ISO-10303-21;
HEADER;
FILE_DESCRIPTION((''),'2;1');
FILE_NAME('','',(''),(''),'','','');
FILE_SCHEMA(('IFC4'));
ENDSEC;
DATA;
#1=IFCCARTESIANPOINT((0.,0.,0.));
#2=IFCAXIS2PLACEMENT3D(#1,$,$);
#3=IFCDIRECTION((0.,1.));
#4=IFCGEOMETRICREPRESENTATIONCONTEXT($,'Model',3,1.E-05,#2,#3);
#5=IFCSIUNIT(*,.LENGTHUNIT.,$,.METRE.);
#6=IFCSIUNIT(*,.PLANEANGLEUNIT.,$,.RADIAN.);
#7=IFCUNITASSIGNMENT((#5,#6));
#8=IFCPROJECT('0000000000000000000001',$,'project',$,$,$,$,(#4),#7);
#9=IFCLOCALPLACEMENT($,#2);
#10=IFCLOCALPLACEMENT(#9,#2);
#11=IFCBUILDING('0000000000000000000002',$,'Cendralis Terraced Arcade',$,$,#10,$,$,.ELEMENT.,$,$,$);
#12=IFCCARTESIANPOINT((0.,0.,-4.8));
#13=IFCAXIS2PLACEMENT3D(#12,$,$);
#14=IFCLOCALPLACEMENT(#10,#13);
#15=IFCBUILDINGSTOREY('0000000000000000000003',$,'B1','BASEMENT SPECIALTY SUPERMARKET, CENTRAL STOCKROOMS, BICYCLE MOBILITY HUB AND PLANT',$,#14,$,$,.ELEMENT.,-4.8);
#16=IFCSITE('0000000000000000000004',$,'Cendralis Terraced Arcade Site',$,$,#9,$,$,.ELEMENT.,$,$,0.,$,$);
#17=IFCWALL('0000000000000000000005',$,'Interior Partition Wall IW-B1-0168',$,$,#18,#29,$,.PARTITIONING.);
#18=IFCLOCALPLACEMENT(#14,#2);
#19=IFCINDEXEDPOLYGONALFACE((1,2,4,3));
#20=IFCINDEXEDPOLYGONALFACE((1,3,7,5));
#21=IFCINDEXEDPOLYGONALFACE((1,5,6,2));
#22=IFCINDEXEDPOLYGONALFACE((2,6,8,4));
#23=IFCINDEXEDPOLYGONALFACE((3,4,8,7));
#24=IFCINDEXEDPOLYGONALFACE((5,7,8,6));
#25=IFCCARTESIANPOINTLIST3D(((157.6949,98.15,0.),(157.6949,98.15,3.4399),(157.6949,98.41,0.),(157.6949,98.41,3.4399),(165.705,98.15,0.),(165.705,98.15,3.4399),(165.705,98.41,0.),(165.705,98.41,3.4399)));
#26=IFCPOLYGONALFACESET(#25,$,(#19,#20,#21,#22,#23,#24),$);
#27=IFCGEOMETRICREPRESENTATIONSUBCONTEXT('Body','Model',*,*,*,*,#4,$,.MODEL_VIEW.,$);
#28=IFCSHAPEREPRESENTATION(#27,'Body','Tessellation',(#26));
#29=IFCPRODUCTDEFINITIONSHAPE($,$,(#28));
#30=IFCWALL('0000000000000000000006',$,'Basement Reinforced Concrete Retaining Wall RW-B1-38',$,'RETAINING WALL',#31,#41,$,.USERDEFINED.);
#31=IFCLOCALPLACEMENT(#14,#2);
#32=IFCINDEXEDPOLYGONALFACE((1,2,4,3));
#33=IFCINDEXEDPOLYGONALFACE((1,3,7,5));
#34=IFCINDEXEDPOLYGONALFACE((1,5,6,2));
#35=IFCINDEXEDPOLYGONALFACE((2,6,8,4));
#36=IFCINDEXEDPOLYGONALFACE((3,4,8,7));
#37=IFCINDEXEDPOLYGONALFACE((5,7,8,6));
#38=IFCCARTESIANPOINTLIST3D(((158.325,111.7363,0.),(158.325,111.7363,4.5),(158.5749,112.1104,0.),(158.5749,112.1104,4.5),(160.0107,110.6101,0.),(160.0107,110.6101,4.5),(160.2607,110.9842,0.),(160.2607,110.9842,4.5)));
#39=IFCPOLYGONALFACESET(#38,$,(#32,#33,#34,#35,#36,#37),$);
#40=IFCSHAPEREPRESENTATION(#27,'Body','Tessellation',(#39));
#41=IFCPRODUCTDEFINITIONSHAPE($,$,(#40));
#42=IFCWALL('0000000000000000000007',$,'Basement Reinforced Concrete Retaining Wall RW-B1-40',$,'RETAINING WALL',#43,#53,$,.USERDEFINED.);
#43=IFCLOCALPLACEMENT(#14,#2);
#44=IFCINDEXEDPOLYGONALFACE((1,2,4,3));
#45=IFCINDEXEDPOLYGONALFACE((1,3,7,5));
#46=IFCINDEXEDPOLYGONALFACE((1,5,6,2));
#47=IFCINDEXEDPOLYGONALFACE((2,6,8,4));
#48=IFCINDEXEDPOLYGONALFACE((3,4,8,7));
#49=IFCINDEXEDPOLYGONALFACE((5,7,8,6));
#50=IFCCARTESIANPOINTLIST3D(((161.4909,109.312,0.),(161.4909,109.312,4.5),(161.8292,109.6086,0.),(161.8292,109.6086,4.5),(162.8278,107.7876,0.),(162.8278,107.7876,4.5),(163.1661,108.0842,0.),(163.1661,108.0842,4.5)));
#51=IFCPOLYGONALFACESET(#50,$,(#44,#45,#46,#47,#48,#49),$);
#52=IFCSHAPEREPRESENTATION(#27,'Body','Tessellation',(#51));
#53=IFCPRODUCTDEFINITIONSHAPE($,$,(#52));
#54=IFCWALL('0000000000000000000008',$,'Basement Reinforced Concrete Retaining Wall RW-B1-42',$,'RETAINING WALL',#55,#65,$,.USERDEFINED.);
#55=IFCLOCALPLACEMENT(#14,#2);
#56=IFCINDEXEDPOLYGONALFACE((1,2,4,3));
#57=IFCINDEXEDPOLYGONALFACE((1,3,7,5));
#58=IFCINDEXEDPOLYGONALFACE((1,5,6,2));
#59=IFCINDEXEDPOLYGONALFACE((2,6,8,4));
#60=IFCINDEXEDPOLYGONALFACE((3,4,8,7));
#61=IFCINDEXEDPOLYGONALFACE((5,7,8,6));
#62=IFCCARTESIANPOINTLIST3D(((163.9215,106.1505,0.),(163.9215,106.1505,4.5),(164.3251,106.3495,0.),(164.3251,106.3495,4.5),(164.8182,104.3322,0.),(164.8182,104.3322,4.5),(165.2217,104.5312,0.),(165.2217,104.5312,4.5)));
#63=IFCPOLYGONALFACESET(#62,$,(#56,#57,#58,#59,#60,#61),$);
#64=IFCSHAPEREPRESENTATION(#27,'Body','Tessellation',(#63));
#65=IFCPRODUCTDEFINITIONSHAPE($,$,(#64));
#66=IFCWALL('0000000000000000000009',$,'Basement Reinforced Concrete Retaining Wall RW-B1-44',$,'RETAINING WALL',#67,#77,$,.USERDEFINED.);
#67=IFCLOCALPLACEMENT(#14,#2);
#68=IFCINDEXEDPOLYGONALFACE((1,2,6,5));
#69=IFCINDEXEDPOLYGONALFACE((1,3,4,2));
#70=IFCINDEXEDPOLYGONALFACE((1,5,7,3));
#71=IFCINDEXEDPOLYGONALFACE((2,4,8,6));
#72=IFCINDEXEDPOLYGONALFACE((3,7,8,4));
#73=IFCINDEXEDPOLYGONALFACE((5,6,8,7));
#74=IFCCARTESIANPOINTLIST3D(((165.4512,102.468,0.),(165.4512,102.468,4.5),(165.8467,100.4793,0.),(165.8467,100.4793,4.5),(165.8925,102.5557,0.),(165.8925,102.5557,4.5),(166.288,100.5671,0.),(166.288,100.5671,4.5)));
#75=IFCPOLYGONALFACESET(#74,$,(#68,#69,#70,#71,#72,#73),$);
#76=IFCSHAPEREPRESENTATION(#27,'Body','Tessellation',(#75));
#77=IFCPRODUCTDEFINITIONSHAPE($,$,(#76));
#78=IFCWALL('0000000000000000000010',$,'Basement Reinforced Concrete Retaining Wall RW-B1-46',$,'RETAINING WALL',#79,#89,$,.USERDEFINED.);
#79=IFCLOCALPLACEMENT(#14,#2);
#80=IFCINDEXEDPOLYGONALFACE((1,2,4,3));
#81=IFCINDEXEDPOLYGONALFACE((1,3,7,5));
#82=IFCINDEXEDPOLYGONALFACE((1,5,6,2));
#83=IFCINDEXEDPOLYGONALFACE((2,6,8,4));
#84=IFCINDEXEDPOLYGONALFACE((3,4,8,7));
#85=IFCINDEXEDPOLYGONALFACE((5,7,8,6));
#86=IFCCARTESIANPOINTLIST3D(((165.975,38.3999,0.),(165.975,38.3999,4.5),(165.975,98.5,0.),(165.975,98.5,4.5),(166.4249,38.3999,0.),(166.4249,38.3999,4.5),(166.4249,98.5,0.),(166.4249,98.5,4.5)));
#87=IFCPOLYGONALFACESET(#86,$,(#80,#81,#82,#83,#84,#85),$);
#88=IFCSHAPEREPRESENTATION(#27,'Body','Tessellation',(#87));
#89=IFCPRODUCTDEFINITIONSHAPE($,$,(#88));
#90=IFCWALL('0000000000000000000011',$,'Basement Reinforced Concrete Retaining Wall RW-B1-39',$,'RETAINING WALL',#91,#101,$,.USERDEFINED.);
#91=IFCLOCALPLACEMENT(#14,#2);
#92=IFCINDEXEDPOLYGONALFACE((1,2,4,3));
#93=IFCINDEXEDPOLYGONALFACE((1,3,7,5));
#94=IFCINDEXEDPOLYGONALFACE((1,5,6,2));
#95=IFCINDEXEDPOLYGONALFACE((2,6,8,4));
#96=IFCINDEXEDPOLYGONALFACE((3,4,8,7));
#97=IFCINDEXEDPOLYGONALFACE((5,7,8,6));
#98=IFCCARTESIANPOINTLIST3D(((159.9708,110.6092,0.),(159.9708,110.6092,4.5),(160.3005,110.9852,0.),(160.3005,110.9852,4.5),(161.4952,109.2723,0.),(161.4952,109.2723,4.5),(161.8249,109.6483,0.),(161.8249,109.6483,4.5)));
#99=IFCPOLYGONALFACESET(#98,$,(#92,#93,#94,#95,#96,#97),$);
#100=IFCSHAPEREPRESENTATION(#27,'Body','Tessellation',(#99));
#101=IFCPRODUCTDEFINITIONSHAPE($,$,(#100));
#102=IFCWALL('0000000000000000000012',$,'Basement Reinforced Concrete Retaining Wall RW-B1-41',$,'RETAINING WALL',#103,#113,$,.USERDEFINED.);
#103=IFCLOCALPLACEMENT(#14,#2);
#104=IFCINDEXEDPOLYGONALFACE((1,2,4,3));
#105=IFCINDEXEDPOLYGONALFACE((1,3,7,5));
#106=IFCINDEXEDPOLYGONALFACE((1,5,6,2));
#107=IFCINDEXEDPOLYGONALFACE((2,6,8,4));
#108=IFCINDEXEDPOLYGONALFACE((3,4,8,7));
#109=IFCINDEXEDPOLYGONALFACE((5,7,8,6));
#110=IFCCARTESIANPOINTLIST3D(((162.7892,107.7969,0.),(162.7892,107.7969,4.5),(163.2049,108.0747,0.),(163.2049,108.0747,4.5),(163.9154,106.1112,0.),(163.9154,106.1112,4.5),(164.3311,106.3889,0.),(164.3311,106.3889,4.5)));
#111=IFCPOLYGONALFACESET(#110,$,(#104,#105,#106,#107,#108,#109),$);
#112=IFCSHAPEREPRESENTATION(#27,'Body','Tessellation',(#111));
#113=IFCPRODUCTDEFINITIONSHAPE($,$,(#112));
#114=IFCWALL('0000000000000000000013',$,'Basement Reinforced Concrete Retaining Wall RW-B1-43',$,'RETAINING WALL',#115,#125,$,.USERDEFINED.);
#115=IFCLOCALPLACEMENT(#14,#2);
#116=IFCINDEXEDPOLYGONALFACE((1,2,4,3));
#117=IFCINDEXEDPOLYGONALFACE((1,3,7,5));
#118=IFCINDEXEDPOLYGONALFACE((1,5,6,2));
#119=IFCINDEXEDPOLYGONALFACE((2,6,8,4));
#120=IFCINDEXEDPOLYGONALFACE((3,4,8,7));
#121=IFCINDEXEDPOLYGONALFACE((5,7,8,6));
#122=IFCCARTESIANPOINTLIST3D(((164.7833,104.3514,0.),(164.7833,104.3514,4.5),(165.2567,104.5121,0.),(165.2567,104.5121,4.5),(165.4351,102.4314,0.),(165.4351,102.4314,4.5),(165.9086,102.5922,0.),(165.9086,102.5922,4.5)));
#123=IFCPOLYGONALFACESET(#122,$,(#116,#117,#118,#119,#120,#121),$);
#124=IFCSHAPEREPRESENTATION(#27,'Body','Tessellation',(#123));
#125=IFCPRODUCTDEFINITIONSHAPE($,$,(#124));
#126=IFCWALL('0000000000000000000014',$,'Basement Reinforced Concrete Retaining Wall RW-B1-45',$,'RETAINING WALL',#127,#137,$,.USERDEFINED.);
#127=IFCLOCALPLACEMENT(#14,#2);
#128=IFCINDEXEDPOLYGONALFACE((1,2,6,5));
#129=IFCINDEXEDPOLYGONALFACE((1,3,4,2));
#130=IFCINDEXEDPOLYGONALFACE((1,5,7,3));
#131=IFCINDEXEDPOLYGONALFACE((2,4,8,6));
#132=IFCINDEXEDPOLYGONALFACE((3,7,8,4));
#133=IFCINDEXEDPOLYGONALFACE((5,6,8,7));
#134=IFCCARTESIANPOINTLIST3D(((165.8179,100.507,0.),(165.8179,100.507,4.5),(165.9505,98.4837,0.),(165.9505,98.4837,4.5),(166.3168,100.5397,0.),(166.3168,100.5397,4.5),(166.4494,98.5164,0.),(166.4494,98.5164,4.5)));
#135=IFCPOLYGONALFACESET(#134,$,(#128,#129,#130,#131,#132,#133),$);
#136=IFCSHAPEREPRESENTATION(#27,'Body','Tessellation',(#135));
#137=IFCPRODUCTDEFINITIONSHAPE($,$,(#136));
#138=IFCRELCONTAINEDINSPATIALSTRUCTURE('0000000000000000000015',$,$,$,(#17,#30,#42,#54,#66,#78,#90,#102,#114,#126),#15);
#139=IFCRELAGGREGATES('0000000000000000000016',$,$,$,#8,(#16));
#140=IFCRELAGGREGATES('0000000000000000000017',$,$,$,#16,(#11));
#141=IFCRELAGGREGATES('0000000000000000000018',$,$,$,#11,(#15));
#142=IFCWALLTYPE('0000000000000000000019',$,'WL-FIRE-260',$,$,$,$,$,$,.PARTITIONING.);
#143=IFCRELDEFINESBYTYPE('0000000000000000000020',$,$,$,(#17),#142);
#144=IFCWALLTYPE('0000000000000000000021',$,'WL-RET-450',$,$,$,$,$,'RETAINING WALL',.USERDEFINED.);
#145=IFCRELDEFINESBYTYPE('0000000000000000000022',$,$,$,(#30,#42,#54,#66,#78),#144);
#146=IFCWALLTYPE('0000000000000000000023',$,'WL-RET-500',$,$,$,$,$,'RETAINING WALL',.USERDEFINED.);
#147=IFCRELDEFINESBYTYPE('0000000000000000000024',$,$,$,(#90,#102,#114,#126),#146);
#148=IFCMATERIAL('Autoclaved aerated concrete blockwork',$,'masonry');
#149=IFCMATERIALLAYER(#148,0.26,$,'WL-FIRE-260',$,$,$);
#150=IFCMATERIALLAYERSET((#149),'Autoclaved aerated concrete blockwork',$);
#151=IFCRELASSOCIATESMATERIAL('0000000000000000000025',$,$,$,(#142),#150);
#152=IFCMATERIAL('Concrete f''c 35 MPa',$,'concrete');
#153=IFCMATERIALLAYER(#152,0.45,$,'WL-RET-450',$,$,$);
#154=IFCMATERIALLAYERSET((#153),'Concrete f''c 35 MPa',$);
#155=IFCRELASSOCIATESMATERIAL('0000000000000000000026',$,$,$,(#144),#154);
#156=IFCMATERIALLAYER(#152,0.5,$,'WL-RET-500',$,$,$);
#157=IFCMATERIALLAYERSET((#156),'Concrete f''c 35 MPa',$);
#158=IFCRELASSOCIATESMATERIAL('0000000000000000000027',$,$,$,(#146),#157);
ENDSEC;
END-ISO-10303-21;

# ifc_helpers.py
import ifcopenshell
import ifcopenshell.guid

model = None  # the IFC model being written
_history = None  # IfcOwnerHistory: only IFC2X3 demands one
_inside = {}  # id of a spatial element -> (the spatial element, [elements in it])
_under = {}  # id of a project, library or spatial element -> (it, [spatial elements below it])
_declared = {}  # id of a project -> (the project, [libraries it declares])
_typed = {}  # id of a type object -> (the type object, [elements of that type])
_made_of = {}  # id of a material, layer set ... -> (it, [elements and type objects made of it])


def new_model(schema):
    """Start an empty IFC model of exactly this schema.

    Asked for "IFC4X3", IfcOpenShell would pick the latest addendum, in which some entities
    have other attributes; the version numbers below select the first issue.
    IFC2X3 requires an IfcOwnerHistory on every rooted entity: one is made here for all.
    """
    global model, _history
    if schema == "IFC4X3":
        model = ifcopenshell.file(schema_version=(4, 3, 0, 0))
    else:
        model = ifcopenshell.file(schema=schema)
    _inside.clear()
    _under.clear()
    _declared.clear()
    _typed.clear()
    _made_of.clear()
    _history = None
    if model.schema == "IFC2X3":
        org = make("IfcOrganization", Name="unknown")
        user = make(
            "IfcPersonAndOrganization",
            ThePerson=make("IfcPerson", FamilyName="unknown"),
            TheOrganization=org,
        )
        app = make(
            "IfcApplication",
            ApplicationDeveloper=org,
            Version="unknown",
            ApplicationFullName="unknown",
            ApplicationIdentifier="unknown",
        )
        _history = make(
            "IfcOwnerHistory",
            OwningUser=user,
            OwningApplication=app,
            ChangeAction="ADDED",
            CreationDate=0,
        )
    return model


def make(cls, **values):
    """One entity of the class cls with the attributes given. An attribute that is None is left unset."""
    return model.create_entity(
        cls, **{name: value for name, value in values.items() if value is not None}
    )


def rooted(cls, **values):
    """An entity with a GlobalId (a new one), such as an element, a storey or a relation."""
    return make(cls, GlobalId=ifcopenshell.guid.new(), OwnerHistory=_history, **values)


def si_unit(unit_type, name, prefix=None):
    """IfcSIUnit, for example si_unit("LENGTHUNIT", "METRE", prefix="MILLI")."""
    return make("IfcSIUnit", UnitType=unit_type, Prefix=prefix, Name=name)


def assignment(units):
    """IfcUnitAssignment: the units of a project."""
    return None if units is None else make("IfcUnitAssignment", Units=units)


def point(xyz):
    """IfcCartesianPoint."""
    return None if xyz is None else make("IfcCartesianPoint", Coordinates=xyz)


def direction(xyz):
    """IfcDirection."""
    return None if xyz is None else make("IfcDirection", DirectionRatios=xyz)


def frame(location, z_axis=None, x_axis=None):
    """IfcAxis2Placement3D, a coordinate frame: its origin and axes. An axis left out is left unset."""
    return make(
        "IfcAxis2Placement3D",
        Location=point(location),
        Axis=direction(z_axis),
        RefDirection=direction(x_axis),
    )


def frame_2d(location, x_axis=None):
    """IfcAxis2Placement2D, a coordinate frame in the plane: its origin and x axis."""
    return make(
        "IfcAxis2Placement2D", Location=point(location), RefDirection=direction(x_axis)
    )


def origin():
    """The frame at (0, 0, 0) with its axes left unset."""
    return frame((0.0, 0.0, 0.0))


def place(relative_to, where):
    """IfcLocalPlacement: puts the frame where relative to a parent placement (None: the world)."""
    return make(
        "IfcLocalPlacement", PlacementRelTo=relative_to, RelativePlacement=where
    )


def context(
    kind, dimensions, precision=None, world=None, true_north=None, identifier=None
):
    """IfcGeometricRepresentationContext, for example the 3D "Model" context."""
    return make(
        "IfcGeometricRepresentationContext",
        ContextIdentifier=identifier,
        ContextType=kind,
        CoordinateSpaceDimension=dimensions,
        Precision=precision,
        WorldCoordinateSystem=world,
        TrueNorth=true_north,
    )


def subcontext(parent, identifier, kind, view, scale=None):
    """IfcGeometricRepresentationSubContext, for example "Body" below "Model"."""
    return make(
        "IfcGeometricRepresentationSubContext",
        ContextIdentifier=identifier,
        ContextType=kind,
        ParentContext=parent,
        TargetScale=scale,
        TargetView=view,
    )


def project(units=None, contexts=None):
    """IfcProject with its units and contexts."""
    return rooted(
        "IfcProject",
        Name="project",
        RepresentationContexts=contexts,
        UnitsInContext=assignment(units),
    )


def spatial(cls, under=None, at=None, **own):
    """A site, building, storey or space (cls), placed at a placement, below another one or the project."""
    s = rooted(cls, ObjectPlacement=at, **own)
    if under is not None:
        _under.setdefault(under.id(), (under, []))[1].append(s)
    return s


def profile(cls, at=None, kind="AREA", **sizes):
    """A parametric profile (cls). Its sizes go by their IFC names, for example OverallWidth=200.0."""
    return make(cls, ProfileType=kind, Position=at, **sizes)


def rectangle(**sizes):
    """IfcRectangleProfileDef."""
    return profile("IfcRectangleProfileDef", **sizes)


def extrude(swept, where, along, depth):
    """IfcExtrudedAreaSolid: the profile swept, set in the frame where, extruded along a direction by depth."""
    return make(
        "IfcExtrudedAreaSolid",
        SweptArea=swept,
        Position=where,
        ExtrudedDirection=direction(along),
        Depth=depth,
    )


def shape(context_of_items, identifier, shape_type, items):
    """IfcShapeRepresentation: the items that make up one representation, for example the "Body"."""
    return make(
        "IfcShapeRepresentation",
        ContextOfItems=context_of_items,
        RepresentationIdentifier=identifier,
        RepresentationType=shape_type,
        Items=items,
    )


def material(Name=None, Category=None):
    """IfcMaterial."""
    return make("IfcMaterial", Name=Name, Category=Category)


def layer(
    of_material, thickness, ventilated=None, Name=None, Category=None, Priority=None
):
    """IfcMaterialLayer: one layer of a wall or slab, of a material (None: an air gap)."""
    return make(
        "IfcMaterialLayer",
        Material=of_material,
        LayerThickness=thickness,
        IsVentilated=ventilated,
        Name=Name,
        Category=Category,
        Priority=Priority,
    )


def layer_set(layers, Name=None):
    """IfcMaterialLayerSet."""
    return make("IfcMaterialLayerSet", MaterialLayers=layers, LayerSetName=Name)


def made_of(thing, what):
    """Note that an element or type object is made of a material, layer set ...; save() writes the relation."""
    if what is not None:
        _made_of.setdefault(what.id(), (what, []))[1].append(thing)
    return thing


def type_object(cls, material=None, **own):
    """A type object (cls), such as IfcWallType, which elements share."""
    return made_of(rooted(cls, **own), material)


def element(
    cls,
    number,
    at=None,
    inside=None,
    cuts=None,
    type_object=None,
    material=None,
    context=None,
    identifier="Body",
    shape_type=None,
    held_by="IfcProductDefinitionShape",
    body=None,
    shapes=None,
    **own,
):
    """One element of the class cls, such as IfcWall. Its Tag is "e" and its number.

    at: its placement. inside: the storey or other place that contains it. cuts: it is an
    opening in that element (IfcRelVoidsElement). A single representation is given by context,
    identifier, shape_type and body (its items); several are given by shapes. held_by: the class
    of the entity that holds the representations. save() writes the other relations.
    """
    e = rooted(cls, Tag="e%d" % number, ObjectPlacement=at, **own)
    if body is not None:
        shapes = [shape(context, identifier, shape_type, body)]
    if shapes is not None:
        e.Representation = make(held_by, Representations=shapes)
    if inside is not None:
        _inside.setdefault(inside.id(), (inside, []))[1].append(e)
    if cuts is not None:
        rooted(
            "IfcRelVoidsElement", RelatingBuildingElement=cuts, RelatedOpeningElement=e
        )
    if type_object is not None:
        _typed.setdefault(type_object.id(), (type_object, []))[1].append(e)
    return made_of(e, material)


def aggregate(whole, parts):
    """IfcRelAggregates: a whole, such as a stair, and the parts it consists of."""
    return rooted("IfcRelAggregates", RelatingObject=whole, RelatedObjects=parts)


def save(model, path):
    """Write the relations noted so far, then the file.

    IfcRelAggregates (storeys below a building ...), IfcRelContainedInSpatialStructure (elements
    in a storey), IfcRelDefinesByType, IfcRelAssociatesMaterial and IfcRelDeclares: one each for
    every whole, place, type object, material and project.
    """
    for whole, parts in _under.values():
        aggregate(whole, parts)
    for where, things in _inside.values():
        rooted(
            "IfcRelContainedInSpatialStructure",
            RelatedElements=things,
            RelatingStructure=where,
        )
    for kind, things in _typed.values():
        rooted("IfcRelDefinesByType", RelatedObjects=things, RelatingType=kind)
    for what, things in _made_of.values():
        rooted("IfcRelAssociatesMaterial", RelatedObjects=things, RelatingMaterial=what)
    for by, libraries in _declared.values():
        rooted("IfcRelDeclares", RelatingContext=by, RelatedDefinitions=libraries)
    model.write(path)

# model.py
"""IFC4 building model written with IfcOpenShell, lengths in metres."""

from ifc_helpers import new_model, si_unit, direction, frame, frame_2d, origin, place, context, subcontext, project, spatial, rectangle, extrude, material, layer, layer_set, type_object, element, save


model = new_model("IFC4")

# Units and contexts
model_context = context("Model", 3, precision=1e-05, world=origin(), true_north=direction((0.0, 1.0)))
body_context = subcontext(model_context, "Body", "Model", "MODEL_VIEW")
ifc_project = project(units=[si_unit("LENGTHUNIT", "METRE"), si_unit("PLANEANGLEUNIT", "RADIAN")], contexts=[model_context])

# Site, building, storey
site_placement = place(None, origin())
site = spatial("IfcSite", under=ifc_project, at=site_placement, Name="Cendralis Terraced Arcade Site", CompositionType="ELEMENT", RefElevation=0.0)
building_placement = place(site_placement, origin())
building = spatial("IfcBuilding", under=site, at=building_placement, Name="Cendralis Terraced Arcade", CompositionType="ELEMENT")
storey_placement = place(building_placement, frame((0.0, 0.0, -4.8)))
storey = spatial("IfcBuildingStorey", under=building, at=storey_placement, Name="B1", Description="BASEMENT SPECIALTY SUPERMARKET, CENTRAL STOCKROOMS, BICYCLE MOBILITY HUB AND PLANT", CompositionType="ELEMENT", Elevation=-4.8)

# Shared definitions
ifc_material_1 = material(Name="Concrete f'c 35 MPa", Category="concrete")

# Walls
ifc_material_2 = material(Name="Autoclaved aerated concrete blockwork", Category="masonry")
ifc_layer_1 = layer(ifc_material_2, 0.26, Name="WL-FIRE-260")
ifc_layer_set_1 = layer_set([ifc_layer_1], Name="Autoclaved aerated concrete blockwork")
wall_type_1 = type_object("IfcWallType", Name="WL-FIRE-260", PredefinedType="PARTITIONING", material=ifc_layer_set_1)
wall_1_placement = place(storey_placement, frame((157.6951, 98.28, 0.0), z_axis=(0.0, 0.0, 1.0), x_axis=(1.0, 0.0, 0.0)))
element("IfcWall", 1, at=wall_1_placement, inside=storey, type_object=wall_type_1, Name="Interior Partition Wall IW-B1-0168", PredefinedType="PARTITIONING", context=body_context, shape_type="SweptSolid", body=[
    extrude(rectangle(XDim=8.01, YDim=0.26, at=frame_2d((4.0049, 0.0))), origin(), (0.0, 0.0, 1.0), 3.4399),
])
ifc_layer_2 = layer(ifc_material_1, 0.45, Name="WL-RET-450")
ifc_layer_set_2 = layer_set([ifc_layer_2], Name="Concrete f'c 35 MPa")
wall_type_2 = type_object("IfcWallType", Name="WL-RET-450", ElementType="RETAINING WALL", PredefinedType="USERDEFINED", material=ifc_layer_set_2)
wall_2_placement = place(storey_placement, frame((158.45, 111.9233, 0.0), z_axis=(0.0, 0.0, 1.0), x_axis=(0.831513, -0.555506, 0.0)))
element("IfcWall", 2, at=wall_2_placement, inside=storey, type_object=wall_type_2, Name="Basement Reinforced Concrete Retaining Wall RW-B1-38", ObjectType="RETAINING WALL", PredefinedType="USERDEFINED", context=body_context, shape_type="SweptSolid", body=[
    extrude(rectangle(XDim=2.0273, YDim=0.45, at=frame_2d((1.0137, 0.0))), origin(), (0.0, 0.0, 1.0), 4.5),
])
wall_3_placement = place(storey_placement, frame((161.6602, 109.4602, 0.0), z_axis=(0.0, 0.0, 1.0), x_axis=(0.659357, -0.75183, 0.0)))
element("IfcWall", 3, at=wall_3_placement, inside=storey, type_object=wall_type_2, Name="Basement Reinforced Concrete Retaining Wall RW-B1-40", ObjectType="RETAINING WALL", PredefinedType="USERDEFINED", context=body_context, shape_type="SweptSolid", body=[
    extrude(rectangle(XDim=2.0276, YDim=0.45, at=frame_2d((1.0137, 0.0))), origin(), (0.0, 0.0, 1.0), 4.5),
])
wall_4_placement = place(storey_placement, frame((164.1233, 106.25, 0.0), z_axis=(0.0, 0.0, 1.0), x_axis=(0.442294, -0.89687, 0.0)))
element("IfcWall", 4, at=wall_4_placement, inside=storey, type_object=wall_type_2, Name="Basement Reinforced Concrete Retaining Wall RW-B1-42", ObjectType="RETAINING WALL", PredefinedType="USERDEFINED", context=body_context, shape_type="SweptSolid", body=[
    extrude(rectangle(XDim=2.0273, YDim=0.45, at=frame_2d((1.0137, 0.0))), origin(), (0.0, 0.0, 1.0), 4.5),
])
wall_5_placement = place(storey_placement, frame((165.6719, 102.5117, 0.0), z_axis=(0.0, 0.0, 1.0), x_axis=(0.195074, -0.980789, 0.0)))
element("IfcWall", 5, at=wall_5_placement, inside=storey, type_object=wall_type_2, Name="Basement Reinforced Concrete Retaining Wall RW-B1-44", ObjectType="RETAINING WALL", PredefinedType="USERDEFINED", context=body_context, shape_type="SweptSolid", body=[
    extrude(rectangle(XDim=2.0276, YDim=0.45, at=frame_2d((1.0137, 0.0))), origin(), (0.0, 0.0, 1.0), 4.5),
])
wall_6_placement = place(storey_placement, frame((166.2, 98.5, 0.0), z_axis=(0.0, 0.0, 1.0), x_axis=(0.0, -1.0, 0.0)))
element("IfcWall", 6, at=wall_6_placement, inside=storey, type_object=wall_type_2, Name="Basement Reinforced Concrete Retaining Wall RW-B1-46", ObjectType="RETAINING WALL", PredefinedType="USERDEFINED", context=body_context, shape_type="SweptSolid", body=[
    extrude(rectangle(XDim=60.1001, YDim=0.45, at=frame_2d((30.05, 0.0))), origin(), (0.0, 0.0, 1.0), 4.5),
])
ifc_layer_3 = layer(ifc_material_1, 0.5, Name="WL-RET-500")
ifc_layer_set_3 = layer_set([ifc_layer_3], Name="Concrete f'c 35 MPa")
wall_type_3 = type_object("IfcWallType", Name="WL-RET-500", ElementType="RETAINING WALL", PredefinedType="USERDEFINED", material=ifc_layer_set_3)
wall_7_placement = place(storey_placement, frame((160.1357, 110.7971, 0.0), z_axis=(0.0, 0.0, 1.0), x_axis=(0.75183, -0.659357, 0.0)))
element("IfcWall", 7, at=wall_7_placement, inside=storey, type_object=wall_type_3, Name="Basement Reinforced Concrete Retaining Wall RW-B1-39", ObjectType="RETAINING WALL", PredefinedType="USERDEFINED", context=body_context, shape_type="SweptSolid", body=[
    extrude(rectangle(XDim=2.0276, YDim=0.5, at=frame_2d((1.0137, 0.0))), origin(), (0.0, 0.0, 1.0), 4.5),
])
wall_8_placement = place(storey_placement, frame((162.9971, 107.9358, 0.0), z_axis=(0.0, 0.0, 1.0), x_axis=(0.555506, -0.831513, 0.0)))
element("IfcWall", 8, at=wall_8_placement, inside=storey, type_object=wall_type_3, Name="Basement Reinforced Concrete Retaining Wall RW-B1-41", ObjectType="RETAINING WALL", PredefinedType="USERDEFINED", context=body_context, shape_type="SweptSolid", body=[
    extrude(rectangle(XDim=2.0273, YDim=0.5, at=frame_2d((1.0137, 0.0))), origin(), (0.0, 0.0, 1.0), 4.5),
])
for number, where, z_axis, x_axis, name in (
    (9, (165.02, 104.4316, 0.0), (0.0, 0.0, 1.0), (0.321497, -0.946911, 0.0), "Basement Reinforced Concrete Retaining Wall RW-B1-43"),
    (10, (166.0674, 100.5232, 0.0), (0.0, 0.0, 1.0), (0.065384, -0.99786, 0.0), "Basement Reinforced Concrete Retaining Wall RW-B1-45"),
):
    element("IfcWall", number, at=place(storey_placement, frame(where, z_axis=z_axis, x_axis=x_axis)), inside=storey, type_object=wall_type_3, Name=name, ObjectType="RETAINING WALL", PredefinedType="USERDEFINED", context=body_context, shape_type="SweptSolid", body=[
        extrude(rectangle(XDim=2.0276, YDim=0.5, at=frame_2d((1.0137, 0.0))), origin(), (0.0, 0.0, 1.0), 4.5),
    ])

save(model, "model.ifc")
